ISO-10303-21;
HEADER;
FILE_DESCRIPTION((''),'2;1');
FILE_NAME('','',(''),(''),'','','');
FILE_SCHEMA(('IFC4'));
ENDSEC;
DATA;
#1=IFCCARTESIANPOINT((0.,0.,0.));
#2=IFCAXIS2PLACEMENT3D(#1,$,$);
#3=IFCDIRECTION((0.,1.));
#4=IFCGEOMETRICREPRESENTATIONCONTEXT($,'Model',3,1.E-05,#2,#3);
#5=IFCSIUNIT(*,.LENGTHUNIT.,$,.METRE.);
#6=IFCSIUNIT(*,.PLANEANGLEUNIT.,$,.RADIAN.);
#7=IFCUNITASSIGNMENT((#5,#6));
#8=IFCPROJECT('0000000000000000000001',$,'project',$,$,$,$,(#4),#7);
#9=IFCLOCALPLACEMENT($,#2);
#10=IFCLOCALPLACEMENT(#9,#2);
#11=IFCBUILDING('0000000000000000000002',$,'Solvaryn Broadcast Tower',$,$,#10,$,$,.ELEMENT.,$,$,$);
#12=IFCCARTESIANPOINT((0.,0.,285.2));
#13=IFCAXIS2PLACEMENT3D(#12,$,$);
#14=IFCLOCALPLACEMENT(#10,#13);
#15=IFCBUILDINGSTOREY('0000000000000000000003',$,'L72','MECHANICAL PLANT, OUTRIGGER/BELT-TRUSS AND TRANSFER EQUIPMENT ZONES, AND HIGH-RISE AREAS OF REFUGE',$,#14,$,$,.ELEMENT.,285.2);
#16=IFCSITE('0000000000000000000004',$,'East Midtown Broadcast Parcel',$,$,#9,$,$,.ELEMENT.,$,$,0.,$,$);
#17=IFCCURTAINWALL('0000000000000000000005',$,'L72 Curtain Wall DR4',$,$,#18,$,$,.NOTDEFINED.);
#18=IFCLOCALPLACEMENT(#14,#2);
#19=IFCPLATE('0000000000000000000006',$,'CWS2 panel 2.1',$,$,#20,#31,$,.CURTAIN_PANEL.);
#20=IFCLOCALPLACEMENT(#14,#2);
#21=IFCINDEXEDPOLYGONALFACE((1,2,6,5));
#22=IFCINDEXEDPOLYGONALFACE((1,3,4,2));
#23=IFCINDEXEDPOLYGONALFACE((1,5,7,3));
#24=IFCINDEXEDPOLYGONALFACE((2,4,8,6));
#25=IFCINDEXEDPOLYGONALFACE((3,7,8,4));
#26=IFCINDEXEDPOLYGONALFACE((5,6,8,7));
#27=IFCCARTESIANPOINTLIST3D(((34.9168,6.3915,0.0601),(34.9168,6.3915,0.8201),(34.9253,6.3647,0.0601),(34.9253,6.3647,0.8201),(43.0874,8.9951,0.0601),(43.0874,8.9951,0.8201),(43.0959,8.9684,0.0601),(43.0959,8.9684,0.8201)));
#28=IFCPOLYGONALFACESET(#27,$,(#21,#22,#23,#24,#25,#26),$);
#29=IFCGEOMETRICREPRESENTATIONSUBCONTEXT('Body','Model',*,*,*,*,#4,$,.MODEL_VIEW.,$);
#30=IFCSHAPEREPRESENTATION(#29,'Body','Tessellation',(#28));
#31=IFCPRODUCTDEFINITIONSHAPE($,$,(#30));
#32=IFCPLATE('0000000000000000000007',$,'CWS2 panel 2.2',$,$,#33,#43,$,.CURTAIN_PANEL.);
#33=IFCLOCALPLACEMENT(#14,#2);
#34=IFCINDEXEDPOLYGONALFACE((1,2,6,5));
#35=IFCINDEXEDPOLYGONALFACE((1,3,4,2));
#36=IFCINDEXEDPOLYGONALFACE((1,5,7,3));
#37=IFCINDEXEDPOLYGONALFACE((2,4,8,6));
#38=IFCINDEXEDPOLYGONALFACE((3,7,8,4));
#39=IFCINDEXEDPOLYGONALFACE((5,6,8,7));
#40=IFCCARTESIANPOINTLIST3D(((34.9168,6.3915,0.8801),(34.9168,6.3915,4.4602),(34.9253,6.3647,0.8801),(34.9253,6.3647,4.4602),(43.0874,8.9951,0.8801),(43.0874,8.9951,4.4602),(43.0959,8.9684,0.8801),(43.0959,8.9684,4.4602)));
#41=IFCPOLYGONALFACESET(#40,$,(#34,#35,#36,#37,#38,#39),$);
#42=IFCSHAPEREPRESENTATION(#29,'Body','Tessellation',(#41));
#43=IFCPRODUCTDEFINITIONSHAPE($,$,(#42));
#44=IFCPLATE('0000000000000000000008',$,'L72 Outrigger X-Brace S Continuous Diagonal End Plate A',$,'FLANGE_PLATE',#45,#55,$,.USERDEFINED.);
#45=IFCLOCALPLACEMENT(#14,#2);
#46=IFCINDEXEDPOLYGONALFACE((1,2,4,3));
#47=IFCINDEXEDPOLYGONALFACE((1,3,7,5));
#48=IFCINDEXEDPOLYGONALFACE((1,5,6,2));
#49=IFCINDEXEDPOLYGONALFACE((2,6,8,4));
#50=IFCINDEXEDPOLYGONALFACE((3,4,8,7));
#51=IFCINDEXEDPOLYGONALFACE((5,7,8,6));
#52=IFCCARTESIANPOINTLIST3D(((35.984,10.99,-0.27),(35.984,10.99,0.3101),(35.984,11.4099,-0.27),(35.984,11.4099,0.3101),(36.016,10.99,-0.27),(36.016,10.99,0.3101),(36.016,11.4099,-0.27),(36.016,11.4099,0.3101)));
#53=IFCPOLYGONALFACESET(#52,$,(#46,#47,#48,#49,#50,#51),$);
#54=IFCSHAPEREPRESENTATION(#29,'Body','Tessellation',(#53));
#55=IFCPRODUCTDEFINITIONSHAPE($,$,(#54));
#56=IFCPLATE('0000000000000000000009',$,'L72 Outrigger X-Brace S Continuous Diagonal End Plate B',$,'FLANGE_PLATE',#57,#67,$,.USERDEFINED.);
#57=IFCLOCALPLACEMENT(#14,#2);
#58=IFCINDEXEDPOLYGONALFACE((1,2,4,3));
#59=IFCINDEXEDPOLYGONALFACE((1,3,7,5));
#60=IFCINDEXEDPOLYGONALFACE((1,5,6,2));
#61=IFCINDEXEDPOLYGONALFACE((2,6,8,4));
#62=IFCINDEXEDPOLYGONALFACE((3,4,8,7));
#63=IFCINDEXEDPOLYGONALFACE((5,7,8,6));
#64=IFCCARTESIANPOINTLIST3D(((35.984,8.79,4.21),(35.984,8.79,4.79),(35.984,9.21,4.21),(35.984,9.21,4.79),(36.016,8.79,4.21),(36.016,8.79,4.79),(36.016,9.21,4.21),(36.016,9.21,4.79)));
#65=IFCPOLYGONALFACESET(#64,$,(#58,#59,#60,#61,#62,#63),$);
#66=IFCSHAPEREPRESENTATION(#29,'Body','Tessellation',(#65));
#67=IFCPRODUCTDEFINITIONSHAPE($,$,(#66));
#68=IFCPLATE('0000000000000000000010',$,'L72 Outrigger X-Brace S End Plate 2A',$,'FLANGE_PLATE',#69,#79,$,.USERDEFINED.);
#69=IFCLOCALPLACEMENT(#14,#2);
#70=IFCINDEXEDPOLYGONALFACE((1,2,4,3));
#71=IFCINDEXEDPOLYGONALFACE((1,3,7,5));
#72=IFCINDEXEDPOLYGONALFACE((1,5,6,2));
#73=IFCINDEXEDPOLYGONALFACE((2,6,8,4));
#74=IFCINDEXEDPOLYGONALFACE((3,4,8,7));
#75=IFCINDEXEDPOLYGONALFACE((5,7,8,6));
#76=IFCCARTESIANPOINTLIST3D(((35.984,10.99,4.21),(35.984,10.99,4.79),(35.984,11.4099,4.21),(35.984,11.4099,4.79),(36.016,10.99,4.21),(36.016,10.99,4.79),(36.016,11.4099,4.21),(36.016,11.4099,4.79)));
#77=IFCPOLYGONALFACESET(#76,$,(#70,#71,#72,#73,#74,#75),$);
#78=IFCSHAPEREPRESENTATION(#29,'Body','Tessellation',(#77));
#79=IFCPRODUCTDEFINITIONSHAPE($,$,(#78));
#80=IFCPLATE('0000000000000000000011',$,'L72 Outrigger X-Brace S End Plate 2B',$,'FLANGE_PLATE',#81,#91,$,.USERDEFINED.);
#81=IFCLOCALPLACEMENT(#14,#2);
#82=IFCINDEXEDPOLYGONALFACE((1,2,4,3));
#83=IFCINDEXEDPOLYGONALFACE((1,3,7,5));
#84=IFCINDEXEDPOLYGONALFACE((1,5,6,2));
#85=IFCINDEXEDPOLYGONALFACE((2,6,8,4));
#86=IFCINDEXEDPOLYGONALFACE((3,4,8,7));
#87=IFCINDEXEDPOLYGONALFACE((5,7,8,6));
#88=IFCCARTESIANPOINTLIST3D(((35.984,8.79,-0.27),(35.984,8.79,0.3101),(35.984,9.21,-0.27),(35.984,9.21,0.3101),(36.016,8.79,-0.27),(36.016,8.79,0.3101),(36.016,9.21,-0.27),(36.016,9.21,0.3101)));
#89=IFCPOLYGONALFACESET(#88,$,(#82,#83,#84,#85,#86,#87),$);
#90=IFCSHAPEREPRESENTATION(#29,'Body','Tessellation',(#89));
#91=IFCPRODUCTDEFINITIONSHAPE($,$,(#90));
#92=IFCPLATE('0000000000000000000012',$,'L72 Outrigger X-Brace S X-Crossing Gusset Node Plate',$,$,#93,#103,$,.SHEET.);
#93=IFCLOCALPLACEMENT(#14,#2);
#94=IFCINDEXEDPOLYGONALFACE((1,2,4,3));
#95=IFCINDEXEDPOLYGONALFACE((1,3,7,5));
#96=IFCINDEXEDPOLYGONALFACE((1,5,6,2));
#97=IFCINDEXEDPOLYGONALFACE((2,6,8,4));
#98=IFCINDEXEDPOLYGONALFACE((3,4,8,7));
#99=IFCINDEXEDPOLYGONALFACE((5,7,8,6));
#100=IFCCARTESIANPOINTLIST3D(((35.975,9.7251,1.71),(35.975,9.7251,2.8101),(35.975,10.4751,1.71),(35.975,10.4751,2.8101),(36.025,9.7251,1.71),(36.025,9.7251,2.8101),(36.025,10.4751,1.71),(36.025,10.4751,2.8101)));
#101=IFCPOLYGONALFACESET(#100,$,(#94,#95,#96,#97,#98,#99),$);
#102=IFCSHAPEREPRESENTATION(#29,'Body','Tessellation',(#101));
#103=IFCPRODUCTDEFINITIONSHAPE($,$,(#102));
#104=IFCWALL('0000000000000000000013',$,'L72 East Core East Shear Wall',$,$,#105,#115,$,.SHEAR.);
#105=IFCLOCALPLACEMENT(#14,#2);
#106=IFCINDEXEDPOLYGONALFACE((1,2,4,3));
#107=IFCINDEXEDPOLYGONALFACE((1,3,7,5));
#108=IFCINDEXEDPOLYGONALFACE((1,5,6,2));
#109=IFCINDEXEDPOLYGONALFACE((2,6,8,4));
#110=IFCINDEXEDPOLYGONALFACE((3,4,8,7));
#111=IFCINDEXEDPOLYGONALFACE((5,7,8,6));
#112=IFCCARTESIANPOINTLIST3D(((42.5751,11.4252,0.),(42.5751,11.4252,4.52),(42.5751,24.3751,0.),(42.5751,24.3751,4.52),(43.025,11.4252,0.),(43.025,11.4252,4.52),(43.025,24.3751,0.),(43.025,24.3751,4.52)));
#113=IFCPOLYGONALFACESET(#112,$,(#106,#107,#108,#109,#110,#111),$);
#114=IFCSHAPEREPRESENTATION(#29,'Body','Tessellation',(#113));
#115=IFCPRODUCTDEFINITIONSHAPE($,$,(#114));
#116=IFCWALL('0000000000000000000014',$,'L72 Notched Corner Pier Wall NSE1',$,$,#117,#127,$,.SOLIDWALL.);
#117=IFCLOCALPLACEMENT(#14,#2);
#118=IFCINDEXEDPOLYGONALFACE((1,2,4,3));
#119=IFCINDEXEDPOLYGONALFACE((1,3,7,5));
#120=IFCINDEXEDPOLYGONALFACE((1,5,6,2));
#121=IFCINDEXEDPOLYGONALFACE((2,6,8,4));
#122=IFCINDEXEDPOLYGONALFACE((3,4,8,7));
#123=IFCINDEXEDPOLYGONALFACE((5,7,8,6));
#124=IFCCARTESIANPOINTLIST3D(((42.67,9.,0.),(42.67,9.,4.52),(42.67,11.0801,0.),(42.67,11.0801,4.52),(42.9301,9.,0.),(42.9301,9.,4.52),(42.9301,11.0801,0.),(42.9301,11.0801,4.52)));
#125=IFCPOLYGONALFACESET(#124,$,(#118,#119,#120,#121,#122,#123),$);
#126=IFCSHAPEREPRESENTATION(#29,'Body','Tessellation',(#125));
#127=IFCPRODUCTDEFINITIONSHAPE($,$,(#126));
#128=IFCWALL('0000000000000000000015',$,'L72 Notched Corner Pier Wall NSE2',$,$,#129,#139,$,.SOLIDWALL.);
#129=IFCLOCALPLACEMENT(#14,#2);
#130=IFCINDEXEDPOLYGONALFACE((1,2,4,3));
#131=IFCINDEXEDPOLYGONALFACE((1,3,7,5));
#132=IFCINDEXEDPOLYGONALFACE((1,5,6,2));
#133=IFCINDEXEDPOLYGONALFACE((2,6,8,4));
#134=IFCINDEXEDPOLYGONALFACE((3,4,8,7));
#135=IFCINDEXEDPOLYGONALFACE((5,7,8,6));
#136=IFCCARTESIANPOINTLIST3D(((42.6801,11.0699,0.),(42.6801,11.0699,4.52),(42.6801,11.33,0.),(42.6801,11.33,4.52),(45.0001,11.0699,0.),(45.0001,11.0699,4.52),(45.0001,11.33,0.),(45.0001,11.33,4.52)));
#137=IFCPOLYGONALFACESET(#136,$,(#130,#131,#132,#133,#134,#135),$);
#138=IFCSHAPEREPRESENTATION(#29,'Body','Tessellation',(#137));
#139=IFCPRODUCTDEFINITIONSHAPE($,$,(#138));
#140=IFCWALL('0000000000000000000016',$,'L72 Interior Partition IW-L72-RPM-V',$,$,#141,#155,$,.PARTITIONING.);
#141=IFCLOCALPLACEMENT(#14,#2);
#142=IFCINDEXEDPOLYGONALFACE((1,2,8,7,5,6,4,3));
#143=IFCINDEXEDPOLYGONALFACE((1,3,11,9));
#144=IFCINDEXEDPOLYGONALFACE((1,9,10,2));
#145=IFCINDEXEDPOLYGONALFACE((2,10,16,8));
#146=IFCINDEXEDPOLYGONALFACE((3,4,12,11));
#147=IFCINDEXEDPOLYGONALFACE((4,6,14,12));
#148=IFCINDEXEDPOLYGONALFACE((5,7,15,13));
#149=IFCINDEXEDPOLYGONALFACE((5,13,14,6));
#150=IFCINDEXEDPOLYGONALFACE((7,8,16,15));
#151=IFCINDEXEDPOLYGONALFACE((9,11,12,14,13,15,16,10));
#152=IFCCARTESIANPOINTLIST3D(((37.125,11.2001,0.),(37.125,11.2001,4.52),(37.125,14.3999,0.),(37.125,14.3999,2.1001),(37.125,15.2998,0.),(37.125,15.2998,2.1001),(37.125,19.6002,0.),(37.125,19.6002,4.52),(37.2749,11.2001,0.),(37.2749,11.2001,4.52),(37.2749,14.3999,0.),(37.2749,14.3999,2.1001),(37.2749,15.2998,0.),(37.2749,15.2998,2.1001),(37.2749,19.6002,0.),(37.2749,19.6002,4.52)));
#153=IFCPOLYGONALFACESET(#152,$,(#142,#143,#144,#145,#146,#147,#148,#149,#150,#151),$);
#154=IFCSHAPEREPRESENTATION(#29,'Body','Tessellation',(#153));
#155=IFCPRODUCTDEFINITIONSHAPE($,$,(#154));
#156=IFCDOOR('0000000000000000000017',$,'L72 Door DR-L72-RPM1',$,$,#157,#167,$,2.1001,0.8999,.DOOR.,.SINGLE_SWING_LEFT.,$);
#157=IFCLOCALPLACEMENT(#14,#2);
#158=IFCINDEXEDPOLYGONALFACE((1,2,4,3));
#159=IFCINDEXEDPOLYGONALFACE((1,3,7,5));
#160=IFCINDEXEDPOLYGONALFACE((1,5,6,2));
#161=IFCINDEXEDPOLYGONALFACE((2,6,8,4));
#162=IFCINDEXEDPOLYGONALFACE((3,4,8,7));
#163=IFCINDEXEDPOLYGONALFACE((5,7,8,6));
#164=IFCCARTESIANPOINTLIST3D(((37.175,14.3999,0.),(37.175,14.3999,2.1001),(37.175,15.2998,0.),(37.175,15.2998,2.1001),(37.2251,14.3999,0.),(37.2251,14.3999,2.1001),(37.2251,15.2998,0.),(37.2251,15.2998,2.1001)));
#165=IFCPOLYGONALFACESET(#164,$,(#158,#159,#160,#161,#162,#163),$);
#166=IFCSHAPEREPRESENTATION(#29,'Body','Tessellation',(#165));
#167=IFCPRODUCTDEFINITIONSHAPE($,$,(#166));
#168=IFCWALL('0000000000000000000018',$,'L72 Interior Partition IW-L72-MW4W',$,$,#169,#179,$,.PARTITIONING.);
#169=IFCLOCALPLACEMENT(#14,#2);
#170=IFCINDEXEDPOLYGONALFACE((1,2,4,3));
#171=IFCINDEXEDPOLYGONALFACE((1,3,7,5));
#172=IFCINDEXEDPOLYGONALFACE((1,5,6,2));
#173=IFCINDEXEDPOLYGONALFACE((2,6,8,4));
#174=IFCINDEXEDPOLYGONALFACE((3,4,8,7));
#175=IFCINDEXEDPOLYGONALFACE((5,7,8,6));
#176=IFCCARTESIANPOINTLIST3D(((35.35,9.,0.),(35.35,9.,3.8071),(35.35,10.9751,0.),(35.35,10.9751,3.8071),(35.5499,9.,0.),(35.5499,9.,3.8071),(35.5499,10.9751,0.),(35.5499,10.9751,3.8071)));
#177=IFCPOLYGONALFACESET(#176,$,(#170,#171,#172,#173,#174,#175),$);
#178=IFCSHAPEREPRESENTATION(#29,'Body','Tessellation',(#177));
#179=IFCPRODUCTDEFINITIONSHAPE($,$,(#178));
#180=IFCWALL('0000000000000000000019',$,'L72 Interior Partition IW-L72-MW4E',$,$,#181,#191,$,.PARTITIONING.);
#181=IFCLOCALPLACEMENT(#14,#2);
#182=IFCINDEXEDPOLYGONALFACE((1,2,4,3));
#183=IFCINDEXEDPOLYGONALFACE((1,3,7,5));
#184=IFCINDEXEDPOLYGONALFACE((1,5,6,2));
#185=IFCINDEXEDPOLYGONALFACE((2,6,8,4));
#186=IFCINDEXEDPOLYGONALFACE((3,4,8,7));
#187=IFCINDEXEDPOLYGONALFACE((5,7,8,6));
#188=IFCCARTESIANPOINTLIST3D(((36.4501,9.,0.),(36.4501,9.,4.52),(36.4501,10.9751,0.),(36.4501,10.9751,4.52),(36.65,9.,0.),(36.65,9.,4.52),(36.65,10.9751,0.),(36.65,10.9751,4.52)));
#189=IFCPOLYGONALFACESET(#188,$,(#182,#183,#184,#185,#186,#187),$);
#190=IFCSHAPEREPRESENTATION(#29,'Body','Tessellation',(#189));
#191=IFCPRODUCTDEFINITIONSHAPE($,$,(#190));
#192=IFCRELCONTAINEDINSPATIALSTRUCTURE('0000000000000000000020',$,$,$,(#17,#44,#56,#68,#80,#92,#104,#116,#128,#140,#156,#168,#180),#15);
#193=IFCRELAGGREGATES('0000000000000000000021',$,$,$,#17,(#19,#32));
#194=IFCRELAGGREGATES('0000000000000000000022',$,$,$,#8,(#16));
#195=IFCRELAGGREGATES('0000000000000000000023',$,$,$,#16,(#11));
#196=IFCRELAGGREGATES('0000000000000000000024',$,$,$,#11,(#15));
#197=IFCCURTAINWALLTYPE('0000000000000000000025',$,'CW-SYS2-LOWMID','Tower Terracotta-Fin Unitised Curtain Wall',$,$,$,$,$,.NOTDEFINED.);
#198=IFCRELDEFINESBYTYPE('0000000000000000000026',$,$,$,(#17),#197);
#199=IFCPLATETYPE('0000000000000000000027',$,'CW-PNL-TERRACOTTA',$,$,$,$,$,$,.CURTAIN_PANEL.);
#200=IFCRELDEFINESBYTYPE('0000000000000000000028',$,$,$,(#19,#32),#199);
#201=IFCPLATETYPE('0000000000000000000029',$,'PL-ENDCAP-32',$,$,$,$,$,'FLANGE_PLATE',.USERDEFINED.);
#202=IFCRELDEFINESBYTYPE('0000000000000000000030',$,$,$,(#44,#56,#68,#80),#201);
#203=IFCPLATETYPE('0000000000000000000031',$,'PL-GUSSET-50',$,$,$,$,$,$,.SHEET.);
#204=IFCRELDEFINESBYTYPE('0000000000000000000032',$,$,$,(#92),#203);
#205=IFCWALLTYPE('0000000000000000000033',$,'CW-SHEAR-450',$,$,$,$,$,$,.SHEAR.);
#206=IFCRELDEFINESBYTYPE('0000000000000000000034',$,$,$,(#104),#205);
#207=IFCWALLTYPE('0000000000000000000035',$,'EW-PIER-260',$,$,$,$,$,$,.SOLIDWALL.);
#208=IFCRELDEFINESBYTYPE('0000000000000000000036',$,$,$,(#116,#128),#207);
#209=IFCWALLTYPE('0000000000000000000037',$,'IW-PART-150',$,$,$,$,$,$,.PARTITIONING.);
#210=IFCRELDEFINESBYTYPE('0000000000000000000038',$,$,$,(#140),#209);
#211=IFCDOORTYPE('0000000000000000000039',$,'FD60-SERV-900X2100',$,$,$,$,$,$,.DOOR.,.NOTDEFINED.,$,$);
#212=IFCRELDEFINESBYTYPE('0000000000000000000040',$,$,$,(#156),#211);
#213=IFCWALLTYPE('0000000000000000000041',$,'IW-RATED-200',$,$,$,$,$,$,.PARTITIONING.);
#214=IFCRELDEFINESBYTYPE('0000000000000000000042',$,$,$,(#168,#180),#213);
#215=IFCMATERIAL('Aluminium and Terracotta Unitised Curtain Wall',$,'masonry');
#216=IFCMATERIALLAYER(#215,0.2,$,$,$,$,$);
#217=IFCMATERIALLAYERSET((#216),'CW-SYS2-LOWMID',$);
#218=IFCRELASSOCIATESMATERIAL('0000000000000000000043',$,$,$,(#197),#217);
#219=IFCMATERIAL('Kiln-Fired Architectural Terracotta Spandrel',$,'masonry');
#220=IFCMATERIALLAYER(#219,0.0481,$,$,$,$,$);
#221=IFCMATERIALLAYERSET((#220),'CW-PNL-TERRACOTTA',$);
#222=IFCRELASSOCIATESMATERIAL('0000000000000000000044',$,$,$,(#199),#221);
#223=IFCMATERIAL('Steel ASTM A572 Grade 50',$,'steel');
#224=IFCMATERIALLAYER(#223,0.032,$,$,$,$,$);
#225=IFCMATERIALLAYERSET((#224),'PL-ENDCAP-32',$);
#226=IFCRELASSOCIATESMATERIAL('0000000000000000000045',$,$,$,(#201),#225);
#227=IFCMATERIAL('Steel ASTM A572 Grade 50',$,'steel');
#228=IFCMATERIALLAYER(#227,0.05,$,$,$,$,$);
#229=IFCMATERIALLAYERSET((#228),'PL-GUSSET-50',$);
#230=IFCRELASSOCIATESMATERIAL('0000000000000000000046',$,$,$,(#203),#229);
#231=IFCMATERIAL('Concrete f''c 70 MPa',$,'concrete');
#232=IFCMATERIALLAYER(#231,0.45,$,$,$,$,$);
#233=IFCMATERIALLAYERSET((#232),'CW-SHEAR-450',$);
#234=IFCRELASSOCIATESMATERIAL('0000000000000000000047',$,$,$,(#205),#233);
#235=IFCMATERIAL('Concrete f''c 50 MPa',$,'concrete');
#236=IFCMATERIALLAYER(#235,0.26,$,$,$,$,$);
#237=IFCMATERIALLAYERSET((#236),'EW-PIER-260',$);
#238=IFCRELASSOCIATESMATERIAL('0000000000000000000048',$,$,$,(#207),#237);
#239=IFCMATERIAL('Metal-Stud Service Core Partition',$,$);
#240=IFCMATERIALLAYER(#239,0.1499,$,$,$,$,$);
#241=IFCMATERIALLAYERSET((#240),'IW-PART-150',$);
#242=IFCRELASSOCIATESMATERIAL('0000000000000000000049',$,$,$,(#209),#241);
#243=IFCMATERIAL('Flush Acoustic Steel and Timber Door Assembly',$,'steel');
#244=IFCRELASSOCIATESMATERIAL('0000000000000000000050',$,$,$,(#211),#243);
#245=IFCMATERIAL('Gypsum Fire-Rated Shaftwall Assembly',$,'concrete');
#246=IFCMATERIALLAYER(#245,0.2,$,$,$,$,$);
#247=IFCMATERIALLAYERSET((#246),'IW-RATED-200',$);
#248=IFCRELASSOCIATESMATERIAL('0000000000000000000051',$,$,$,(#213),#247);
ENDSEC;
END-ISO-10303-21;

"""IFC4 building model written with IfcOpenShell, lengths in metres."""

from ifc_helpers import new_model, si_unit, direction, frame, frame_2d, origin, origin_2d, place, context, subcontext, project, spatial, rectangle, extrude, material, layer, layer_set, type_object, element, fill, aggregate, save


model = new_model("IFC4")

# Units and contexts
model_context = context("Model", 3, precision=1e-05, world=origin(), true_north=direction((0.0, 1.0)))
body_context = subcontext(model_context, "Body", "Model", "MODEL_VIEW")
ifc_project = project(units=[si_unit("LENGTHUNIT", "METRE"), si_unit("PLANEANGLEUNIT", "RADIAN")], contexts=[model_context])

# Site, building, storey
site_placement = place(None, origin())
site = spatial("IfcSite", under=ifc_project, at=site_placement, Name="East Midtown Broadcast Parcel", CompositionType="ELEMENT", RefElevation=0.0)
building_placement = place(site_placement, origin())
building = spatial("IfcBuilding", under=site, at=building_placement, Name="Solvaryn Broadcast Tower", CompositionType="ELEMENT")
storey_placement = place(building_placement, frame((0.0, 0.0, 285.2)))
storey = spatial("IfcBuildingStorey", under=building, at=storey_placement, Name="L72", Description="MECHANICAL PLANT, OUTRIGGER/BELT-TRUSS AND TRANSFER EQUIPMENT ZONES, AND HIGH-RISE AREAS OF REFUGE", CompositionType="ELEMENT", Elevation=285.2)

# Curtain wall, plates
ifc_material_1 = material(Name="Aluminium and Terracotta Unitised Curtain Wall", Category="masonry")
ifc_layer_1 = layer(ifc_material_1, 0.2)
ifc_layer_set_1 = layer_set([ifc_layer_1], Name="CW-SYS2-LOWMID")
curtain_wall_type = type_object("IfcCurtainWallType", Name="CW-SYS2-LOWMID", Description="Tower Terracotta-Fin Unitised Curtain Wall", PredefinedType="NOTDEFINED", material=ifc_layer_set_1)
curtain_wall_placement = place(storey_placement, origin())
curtain_wall = element("IfcCurtainWall", 1, at=curtain_wall_placement, inside=storey, type_object=curtain_wall_type, Name="L72 Curtain Wall DR4", PredefinedType="NOTDEFINED")
ifc_material_2 = material(Name="Kiln-Fired Architectural Terracotta Spandrel", Category="masonry")
ifc_layer_2 = layer(ifc_material_2, 0.0481)
ifc_layer_set_2 = layer_set([ifc_layer_2], Name="CW-PNL-TERRACOTTA")
plate_type_1 = type_object("IfcPlateType", Name="CW-PNL-TERRACOTTA", PredefinedType="CURTAIN_PANEL", material=ifc_layer_set_2)
plate_1_placement = place(storey_placement, frame((39.0063, 7.6799, 0.0601), z_axis=(0.0, 0.0, 1.0), x_axis=(0.952795, 0.303616, 0.0)))
plate_1 = element("IfcPlate", 2, at=plate_1_placement, type_object=plate_type_1, Name="CWS2 panel 2.1", PredefinedType="CURTAIN_PANEL", context=body_context, shape_type="SweptSolid", body=[
    extrude(rectangle(XDim=8.5754, YDim=0.0281, at=origin_2d()), origin(), (0.0, 0.0, 1.0), 0.76),
])
plate_2_placement = place(storey_placement, frame((39.0063, 7.6799, 0.8801), z_axis=(0.0, 0.0, 1.0), x_axis=(0.952795, 0.303616, 0.0)))
plate_2 = element("IfcPlate", 3, at=plate_2_placement, type_object=plate_type_1, Name="CWS2 panel 2.2", PredefinedType="CURTAIN_PANEL", context=body_context, shape_type="SweptSolid", body=[
    extrude(rectangle(XDim=8.5754, YDim=0.0281, at=origin_2d()), origin(), (0.0, 0.0, 1.0), 3.5801),
])
aggregate(curtain_wall, [plate_1, plate_2])

# Plates
ifc_material_3 = material(Name="Steel ASTM A572 Grade 50", Category="steel")
ifc_layer_3 = layer(ifc_material_3, 0.032)
ifc_layer_set_3 = layer_set([ifc_layer_3], Name="PL-ENDCAP-32")
plate_type_2 = type_object("IfcPlateType", Name="PL-ENDCAP-32", ElementType="FLANGE_PLATE", PredefinedType="USERDEFINED", material=ifc_layer_set_3)
for number, where, z_axis, x_axis, name in (
    (4, (36.0, 11.2, -0.27), (0.0, 0.0, 1.0), (1.0, 0.0, 0.0), "L72 Outrigger X-Brace S Continuous Diagonal End Plate A"),
    (5, (36.0, 9.0, 4.21), (0.0, 0.0, 1.0), (1.0, 0.0, 0.0), "L72 Outrigger X-Brace S Continuous Diagonal End Plate B"),
    (6, (36.0, 11.2, 4.21), (0.0, 0.0, 1.0), (1.0, 0.0, 0.0), "L72 Outrigger X-Brace S End Plate 2A"),
    (7, (36.0, 9.0, -0.27), (0.0, 0.0, 1.0), (1.0, 0.0, 0.0), "L72 Outrigger X-Brace S End Plate 2B"),
):
    element("IfcPlate", number, at=place(storey_placement, frame(where, z_axis=z_axis, x_axis=x_axis)), inside=storey, type_object=plate_type_2, Name=name, ObjectType="FLANGE_PLATE", PredefinedType="USERDEFINED", context=body_context, shape_type="SweptSolid", body=[
        extrude(rectangle(XDim=0.032, YDim=0.4199, at=origin_2d()), origin(), (0.0, 0.0, 1.0), 0.5801),
    ])
ifc_material_4 = material(Name="Steel ASTM A572 Grade 50", Category="steel")
ifc_layer_4 = layer(ifc_material_4, 0.05)
ifc_layer_set_4 = layer_set([ifc_layer_4], Name="PL-GUSSET-50")
plate_type_3 = type_object("IfcPlateType", Name="PL-GUSSET-50", PredefinedType="SHEET", material=ifc_layer_set_4)
plate_3_placement = place(storey_placement, frame((36.0, 10.1001, 1.71), z_axis=(0.0, 0.0, 1.0), x_axis=(1.0, 0.0, 0.0)))
element("IfcPlate", 8, at=plate_3_placement, inside=storey, type_object=plate_type_3, Name="L72 Outrigger X-Brace S X-Crossing Gusset Node Plate", PredefinedType="SHEET", context=body_context, shape_type="SweptSolid", body=[
    extrude(rectangle(XDim=0.05, YDim=0.75, at=origin_2d()), origin(), (0.0, 0.0, 1.0), 1.1001),
])

# Walls
ifc_material_5 = material(Name="Concrete f'c 70 MPa", Category="concrete")
ifc_layer_5 = layer(ifc_material_5, 0.45)
ifc_layer_set_5 = layer_set([ifc_layer_5], Name="CW-SHEAR-450")
wall_type_1 = type_object("IfcWallType", Name="CW-SHEAR-450", PredefinedType="SHEAR", material=ifc_layer_set_5)
wall_1_placement = place(storey_placement, frame((42.8, 11.425, 0.0), z_axis=(0.0, 0.0, 1.0), x_axis=(0.0, 1.0, 0.0)))
element("IfcWall", 9, at=wall_1_placement, inside=storey, type_object=wall_type_1, Name="L72 East Core East Shear Wall", PredefinedType="SHEAR", context=body_context, shape_type="SweptSolid", body=[
    extrude(rectangle(XDim=12.95, YDim=0.45, at=frame_2d((6.4751, 0.0))), origin(), (0.0, 0.0, 1.0), 4.52),
])
ifc_material_6 = material(Name="Concrete f'c 50 MPa", Category="concrete")
ifc_layer_6 = layer(ifc_material_6, 0.26)
ifc_layer_set_6 = layer_set([ifc_layer_6], Name="EW-PIER-260")
wall_type_2 = type_object("IfcWallType", Name="EW-PIER-260", PredefinedType="SOLIDWALL", material=ifc_layer_set_6)
wall_2_placement = place(storey_placement, frame((42.8, 9.0, 0.0), z_axis=(0.0, 0.0, 1.0), x_axis=(0.0, 1.0, 0.0)))
element("IfcWall", 10, at=wall_2_placement, inside=storey, type_object=wall_type_2, Name="L72 Notched Corner Pier Wall NSE1", PredefinedType="SOLIDWALL", context=body_context, shape_type="SweptSolid", body=[
    extrude(rectangle(XDim=2.0801, YDim=0.26, at=frame_2d((1.04, 0.0))), origin(), (0.0, 0.0, 1.0), 4.52),
])
wall_3_placement = place(storey_placement, frame((42.6799, 11.2, 0.0), z_axis=(0.0, 0.0, 1.0), x_axis=(1.0, 0.0, 0.0)))
element("IfcWall", 11, at=wall_3_placement, inside=storey, type_object=wall_type_2, Name="L72 Notched Corner Pier Wall NSE2", PredefinedType="SOLIDWALL", context=body_context, shape_type="SweptSolid", body=[
    extrude(rectangle(XDim=2.3201, YDim=0.26, at=frame_2d((1.1602, 0.0))), origin(), (0.0, 0.0, 1.0), 4.52),
])

# Wall, opening, door
ifc_material_7 = material(Name="Metal-Stud Service Core Partition")
ifc_layer_7 = layer(ifc_material_7, 0.1499)
ifc_layer_set_7 = layer_set([ifc_layer_7], Name="IW-PART-150")
wall_type_3 = type_object("IfcWallType", Name="IW-PART-150", PredefinedType="PARTITIONING", material=ifc_layer_set_7)
wall_4_placement = place(storey_placement, frame((37.2, 11.2, 0.0), z_axis=(0.0, 0.0, 1.0), x_axis=(0.0, 1.0, 0.0)))
wall_4 = element("IfcWall", 12, at=wall_4_placement, inside=storey, type_object=wall_type_3, Name="L72 Interior Partition IW-L72-RPM-V", PredefinedType="PARTITIONING", context=body_context, shape_type="SweptSolid", body=[
    extrude(rectangle(XDim=8.4001, YDim=0.1499, at=frame_2d((4.2002, 0.0))), origin(), (0.0, 0.0, 1.0), 4.52),
])
opening_placement = place(wall_4_placement, frame((3.2, 0.0, 0.0)))
opening = element("IfcOpeningElement", 13, at=opening_placement, cuts=wall_4, PredefinedType="OPENING", context=body_context, shape_type="SweptSolid", body=[
    extrude(rectangle(XDim=0.8999, YDim=2.1001, at=frame_2d((0.45, 1.05))), frame((0.0, 0.085, 0.0), z_axis=(0.0, -1.0, 0.0), x_axis=(1.0, 0.0, 0.0)), (0.0, 0.0, 1.0), 0.1699),
])
ifc_material_8 = material(Name="Flush Acoustic Steel and Timber Door Assembly", Category="steel")
door_type = type_object("IfcDoorType", Name="FD60-SERV-900X2100", OperationType="NOTDEFINED", PredefinedType="DOOR", material=ifc_material_8)
door_placement = place(opening_placement, origin())
door = element("IfcDoor", 14, at=door_placement, inside=storey, type_object=door_type, Name="L72 Door DR-L72-RPM1", OperationType="SINGLE_SWING_LEFT", OverallHeight=2.1001, OverallWidth=0.8999, PredefinedType="DOOR", context=body_context, shape_type="SweptSolid", body=[
    extrude(rectangle(XDim=0.8999, YDim=2.1001, at=frame_2d((0.45, 1.05))), frame((0.0, 0.0249, 0.0), z_axis=(0.0, -1.0, 0.0), x_axis=(1.0, 0.0, 0.0)), (0.0, 0.0, 1.0), 0.05),
])
fill(opening, door)

# Walls
ifc_material_9 = material(Name="Gypsum Fire-Rated Shaftwall Assembly", Category="concrete")
ifc_layer_8 = layer(ifc_material_9, 0.2)
ifc_layer_set_8 = layer_set([ifc_layer_8], Name="IW-RATED-200")
wall_type_4 = type_object("IfcWallType", Name="IW-RATED-200", PredefinedType="PARTITIONING", material=ifc_layer_set_8)
wall_5_placement = place(storey_placement, frame((35.45, 9.0, 0.0), z_axis=(0.0, 0.0, 1.0), x_axis=(0.0, 1.0, 0.0)))
element("IfcWall", 15, at=wall_5_placement, inside=storey, type_object=wall_type_4, Name="L72 Interior Partition IW-L72-MW4W", PredefinedType="PARTITIONING", context=body_context, shape_type="SweptSolid", body=[
    extrude(rectangle(XDim=1.9751, YDim=0.2, at=frame_2d((0.9875, 0.0))), origin(), (0.0, 0.0, 1.0), 3.8071),
])
wall_6_placement = place(storey_placement, frame((36.55, 9.0, 0.0), z_axis=(0.0, 0.0, 1.0), x_axis=(0.0, 1.0, 0.0)))
element("IfcWall", 16, at=wall_6_placement, inside=storey, type_object=wall_type_4, Name="L72 Interior Partition IW-L72-MW4E", PredefinedType="PARTITIONING", context=body_context, shape_type="SweptSolid", body=[
    extrude(rectangle(XDim=1.9751, YDim=0.2, at=frame_2d((0.9875, 0.0))), origin(), (0.0, 0.0, 1.0), 4.52),
])

save(model, "model.ifc")
